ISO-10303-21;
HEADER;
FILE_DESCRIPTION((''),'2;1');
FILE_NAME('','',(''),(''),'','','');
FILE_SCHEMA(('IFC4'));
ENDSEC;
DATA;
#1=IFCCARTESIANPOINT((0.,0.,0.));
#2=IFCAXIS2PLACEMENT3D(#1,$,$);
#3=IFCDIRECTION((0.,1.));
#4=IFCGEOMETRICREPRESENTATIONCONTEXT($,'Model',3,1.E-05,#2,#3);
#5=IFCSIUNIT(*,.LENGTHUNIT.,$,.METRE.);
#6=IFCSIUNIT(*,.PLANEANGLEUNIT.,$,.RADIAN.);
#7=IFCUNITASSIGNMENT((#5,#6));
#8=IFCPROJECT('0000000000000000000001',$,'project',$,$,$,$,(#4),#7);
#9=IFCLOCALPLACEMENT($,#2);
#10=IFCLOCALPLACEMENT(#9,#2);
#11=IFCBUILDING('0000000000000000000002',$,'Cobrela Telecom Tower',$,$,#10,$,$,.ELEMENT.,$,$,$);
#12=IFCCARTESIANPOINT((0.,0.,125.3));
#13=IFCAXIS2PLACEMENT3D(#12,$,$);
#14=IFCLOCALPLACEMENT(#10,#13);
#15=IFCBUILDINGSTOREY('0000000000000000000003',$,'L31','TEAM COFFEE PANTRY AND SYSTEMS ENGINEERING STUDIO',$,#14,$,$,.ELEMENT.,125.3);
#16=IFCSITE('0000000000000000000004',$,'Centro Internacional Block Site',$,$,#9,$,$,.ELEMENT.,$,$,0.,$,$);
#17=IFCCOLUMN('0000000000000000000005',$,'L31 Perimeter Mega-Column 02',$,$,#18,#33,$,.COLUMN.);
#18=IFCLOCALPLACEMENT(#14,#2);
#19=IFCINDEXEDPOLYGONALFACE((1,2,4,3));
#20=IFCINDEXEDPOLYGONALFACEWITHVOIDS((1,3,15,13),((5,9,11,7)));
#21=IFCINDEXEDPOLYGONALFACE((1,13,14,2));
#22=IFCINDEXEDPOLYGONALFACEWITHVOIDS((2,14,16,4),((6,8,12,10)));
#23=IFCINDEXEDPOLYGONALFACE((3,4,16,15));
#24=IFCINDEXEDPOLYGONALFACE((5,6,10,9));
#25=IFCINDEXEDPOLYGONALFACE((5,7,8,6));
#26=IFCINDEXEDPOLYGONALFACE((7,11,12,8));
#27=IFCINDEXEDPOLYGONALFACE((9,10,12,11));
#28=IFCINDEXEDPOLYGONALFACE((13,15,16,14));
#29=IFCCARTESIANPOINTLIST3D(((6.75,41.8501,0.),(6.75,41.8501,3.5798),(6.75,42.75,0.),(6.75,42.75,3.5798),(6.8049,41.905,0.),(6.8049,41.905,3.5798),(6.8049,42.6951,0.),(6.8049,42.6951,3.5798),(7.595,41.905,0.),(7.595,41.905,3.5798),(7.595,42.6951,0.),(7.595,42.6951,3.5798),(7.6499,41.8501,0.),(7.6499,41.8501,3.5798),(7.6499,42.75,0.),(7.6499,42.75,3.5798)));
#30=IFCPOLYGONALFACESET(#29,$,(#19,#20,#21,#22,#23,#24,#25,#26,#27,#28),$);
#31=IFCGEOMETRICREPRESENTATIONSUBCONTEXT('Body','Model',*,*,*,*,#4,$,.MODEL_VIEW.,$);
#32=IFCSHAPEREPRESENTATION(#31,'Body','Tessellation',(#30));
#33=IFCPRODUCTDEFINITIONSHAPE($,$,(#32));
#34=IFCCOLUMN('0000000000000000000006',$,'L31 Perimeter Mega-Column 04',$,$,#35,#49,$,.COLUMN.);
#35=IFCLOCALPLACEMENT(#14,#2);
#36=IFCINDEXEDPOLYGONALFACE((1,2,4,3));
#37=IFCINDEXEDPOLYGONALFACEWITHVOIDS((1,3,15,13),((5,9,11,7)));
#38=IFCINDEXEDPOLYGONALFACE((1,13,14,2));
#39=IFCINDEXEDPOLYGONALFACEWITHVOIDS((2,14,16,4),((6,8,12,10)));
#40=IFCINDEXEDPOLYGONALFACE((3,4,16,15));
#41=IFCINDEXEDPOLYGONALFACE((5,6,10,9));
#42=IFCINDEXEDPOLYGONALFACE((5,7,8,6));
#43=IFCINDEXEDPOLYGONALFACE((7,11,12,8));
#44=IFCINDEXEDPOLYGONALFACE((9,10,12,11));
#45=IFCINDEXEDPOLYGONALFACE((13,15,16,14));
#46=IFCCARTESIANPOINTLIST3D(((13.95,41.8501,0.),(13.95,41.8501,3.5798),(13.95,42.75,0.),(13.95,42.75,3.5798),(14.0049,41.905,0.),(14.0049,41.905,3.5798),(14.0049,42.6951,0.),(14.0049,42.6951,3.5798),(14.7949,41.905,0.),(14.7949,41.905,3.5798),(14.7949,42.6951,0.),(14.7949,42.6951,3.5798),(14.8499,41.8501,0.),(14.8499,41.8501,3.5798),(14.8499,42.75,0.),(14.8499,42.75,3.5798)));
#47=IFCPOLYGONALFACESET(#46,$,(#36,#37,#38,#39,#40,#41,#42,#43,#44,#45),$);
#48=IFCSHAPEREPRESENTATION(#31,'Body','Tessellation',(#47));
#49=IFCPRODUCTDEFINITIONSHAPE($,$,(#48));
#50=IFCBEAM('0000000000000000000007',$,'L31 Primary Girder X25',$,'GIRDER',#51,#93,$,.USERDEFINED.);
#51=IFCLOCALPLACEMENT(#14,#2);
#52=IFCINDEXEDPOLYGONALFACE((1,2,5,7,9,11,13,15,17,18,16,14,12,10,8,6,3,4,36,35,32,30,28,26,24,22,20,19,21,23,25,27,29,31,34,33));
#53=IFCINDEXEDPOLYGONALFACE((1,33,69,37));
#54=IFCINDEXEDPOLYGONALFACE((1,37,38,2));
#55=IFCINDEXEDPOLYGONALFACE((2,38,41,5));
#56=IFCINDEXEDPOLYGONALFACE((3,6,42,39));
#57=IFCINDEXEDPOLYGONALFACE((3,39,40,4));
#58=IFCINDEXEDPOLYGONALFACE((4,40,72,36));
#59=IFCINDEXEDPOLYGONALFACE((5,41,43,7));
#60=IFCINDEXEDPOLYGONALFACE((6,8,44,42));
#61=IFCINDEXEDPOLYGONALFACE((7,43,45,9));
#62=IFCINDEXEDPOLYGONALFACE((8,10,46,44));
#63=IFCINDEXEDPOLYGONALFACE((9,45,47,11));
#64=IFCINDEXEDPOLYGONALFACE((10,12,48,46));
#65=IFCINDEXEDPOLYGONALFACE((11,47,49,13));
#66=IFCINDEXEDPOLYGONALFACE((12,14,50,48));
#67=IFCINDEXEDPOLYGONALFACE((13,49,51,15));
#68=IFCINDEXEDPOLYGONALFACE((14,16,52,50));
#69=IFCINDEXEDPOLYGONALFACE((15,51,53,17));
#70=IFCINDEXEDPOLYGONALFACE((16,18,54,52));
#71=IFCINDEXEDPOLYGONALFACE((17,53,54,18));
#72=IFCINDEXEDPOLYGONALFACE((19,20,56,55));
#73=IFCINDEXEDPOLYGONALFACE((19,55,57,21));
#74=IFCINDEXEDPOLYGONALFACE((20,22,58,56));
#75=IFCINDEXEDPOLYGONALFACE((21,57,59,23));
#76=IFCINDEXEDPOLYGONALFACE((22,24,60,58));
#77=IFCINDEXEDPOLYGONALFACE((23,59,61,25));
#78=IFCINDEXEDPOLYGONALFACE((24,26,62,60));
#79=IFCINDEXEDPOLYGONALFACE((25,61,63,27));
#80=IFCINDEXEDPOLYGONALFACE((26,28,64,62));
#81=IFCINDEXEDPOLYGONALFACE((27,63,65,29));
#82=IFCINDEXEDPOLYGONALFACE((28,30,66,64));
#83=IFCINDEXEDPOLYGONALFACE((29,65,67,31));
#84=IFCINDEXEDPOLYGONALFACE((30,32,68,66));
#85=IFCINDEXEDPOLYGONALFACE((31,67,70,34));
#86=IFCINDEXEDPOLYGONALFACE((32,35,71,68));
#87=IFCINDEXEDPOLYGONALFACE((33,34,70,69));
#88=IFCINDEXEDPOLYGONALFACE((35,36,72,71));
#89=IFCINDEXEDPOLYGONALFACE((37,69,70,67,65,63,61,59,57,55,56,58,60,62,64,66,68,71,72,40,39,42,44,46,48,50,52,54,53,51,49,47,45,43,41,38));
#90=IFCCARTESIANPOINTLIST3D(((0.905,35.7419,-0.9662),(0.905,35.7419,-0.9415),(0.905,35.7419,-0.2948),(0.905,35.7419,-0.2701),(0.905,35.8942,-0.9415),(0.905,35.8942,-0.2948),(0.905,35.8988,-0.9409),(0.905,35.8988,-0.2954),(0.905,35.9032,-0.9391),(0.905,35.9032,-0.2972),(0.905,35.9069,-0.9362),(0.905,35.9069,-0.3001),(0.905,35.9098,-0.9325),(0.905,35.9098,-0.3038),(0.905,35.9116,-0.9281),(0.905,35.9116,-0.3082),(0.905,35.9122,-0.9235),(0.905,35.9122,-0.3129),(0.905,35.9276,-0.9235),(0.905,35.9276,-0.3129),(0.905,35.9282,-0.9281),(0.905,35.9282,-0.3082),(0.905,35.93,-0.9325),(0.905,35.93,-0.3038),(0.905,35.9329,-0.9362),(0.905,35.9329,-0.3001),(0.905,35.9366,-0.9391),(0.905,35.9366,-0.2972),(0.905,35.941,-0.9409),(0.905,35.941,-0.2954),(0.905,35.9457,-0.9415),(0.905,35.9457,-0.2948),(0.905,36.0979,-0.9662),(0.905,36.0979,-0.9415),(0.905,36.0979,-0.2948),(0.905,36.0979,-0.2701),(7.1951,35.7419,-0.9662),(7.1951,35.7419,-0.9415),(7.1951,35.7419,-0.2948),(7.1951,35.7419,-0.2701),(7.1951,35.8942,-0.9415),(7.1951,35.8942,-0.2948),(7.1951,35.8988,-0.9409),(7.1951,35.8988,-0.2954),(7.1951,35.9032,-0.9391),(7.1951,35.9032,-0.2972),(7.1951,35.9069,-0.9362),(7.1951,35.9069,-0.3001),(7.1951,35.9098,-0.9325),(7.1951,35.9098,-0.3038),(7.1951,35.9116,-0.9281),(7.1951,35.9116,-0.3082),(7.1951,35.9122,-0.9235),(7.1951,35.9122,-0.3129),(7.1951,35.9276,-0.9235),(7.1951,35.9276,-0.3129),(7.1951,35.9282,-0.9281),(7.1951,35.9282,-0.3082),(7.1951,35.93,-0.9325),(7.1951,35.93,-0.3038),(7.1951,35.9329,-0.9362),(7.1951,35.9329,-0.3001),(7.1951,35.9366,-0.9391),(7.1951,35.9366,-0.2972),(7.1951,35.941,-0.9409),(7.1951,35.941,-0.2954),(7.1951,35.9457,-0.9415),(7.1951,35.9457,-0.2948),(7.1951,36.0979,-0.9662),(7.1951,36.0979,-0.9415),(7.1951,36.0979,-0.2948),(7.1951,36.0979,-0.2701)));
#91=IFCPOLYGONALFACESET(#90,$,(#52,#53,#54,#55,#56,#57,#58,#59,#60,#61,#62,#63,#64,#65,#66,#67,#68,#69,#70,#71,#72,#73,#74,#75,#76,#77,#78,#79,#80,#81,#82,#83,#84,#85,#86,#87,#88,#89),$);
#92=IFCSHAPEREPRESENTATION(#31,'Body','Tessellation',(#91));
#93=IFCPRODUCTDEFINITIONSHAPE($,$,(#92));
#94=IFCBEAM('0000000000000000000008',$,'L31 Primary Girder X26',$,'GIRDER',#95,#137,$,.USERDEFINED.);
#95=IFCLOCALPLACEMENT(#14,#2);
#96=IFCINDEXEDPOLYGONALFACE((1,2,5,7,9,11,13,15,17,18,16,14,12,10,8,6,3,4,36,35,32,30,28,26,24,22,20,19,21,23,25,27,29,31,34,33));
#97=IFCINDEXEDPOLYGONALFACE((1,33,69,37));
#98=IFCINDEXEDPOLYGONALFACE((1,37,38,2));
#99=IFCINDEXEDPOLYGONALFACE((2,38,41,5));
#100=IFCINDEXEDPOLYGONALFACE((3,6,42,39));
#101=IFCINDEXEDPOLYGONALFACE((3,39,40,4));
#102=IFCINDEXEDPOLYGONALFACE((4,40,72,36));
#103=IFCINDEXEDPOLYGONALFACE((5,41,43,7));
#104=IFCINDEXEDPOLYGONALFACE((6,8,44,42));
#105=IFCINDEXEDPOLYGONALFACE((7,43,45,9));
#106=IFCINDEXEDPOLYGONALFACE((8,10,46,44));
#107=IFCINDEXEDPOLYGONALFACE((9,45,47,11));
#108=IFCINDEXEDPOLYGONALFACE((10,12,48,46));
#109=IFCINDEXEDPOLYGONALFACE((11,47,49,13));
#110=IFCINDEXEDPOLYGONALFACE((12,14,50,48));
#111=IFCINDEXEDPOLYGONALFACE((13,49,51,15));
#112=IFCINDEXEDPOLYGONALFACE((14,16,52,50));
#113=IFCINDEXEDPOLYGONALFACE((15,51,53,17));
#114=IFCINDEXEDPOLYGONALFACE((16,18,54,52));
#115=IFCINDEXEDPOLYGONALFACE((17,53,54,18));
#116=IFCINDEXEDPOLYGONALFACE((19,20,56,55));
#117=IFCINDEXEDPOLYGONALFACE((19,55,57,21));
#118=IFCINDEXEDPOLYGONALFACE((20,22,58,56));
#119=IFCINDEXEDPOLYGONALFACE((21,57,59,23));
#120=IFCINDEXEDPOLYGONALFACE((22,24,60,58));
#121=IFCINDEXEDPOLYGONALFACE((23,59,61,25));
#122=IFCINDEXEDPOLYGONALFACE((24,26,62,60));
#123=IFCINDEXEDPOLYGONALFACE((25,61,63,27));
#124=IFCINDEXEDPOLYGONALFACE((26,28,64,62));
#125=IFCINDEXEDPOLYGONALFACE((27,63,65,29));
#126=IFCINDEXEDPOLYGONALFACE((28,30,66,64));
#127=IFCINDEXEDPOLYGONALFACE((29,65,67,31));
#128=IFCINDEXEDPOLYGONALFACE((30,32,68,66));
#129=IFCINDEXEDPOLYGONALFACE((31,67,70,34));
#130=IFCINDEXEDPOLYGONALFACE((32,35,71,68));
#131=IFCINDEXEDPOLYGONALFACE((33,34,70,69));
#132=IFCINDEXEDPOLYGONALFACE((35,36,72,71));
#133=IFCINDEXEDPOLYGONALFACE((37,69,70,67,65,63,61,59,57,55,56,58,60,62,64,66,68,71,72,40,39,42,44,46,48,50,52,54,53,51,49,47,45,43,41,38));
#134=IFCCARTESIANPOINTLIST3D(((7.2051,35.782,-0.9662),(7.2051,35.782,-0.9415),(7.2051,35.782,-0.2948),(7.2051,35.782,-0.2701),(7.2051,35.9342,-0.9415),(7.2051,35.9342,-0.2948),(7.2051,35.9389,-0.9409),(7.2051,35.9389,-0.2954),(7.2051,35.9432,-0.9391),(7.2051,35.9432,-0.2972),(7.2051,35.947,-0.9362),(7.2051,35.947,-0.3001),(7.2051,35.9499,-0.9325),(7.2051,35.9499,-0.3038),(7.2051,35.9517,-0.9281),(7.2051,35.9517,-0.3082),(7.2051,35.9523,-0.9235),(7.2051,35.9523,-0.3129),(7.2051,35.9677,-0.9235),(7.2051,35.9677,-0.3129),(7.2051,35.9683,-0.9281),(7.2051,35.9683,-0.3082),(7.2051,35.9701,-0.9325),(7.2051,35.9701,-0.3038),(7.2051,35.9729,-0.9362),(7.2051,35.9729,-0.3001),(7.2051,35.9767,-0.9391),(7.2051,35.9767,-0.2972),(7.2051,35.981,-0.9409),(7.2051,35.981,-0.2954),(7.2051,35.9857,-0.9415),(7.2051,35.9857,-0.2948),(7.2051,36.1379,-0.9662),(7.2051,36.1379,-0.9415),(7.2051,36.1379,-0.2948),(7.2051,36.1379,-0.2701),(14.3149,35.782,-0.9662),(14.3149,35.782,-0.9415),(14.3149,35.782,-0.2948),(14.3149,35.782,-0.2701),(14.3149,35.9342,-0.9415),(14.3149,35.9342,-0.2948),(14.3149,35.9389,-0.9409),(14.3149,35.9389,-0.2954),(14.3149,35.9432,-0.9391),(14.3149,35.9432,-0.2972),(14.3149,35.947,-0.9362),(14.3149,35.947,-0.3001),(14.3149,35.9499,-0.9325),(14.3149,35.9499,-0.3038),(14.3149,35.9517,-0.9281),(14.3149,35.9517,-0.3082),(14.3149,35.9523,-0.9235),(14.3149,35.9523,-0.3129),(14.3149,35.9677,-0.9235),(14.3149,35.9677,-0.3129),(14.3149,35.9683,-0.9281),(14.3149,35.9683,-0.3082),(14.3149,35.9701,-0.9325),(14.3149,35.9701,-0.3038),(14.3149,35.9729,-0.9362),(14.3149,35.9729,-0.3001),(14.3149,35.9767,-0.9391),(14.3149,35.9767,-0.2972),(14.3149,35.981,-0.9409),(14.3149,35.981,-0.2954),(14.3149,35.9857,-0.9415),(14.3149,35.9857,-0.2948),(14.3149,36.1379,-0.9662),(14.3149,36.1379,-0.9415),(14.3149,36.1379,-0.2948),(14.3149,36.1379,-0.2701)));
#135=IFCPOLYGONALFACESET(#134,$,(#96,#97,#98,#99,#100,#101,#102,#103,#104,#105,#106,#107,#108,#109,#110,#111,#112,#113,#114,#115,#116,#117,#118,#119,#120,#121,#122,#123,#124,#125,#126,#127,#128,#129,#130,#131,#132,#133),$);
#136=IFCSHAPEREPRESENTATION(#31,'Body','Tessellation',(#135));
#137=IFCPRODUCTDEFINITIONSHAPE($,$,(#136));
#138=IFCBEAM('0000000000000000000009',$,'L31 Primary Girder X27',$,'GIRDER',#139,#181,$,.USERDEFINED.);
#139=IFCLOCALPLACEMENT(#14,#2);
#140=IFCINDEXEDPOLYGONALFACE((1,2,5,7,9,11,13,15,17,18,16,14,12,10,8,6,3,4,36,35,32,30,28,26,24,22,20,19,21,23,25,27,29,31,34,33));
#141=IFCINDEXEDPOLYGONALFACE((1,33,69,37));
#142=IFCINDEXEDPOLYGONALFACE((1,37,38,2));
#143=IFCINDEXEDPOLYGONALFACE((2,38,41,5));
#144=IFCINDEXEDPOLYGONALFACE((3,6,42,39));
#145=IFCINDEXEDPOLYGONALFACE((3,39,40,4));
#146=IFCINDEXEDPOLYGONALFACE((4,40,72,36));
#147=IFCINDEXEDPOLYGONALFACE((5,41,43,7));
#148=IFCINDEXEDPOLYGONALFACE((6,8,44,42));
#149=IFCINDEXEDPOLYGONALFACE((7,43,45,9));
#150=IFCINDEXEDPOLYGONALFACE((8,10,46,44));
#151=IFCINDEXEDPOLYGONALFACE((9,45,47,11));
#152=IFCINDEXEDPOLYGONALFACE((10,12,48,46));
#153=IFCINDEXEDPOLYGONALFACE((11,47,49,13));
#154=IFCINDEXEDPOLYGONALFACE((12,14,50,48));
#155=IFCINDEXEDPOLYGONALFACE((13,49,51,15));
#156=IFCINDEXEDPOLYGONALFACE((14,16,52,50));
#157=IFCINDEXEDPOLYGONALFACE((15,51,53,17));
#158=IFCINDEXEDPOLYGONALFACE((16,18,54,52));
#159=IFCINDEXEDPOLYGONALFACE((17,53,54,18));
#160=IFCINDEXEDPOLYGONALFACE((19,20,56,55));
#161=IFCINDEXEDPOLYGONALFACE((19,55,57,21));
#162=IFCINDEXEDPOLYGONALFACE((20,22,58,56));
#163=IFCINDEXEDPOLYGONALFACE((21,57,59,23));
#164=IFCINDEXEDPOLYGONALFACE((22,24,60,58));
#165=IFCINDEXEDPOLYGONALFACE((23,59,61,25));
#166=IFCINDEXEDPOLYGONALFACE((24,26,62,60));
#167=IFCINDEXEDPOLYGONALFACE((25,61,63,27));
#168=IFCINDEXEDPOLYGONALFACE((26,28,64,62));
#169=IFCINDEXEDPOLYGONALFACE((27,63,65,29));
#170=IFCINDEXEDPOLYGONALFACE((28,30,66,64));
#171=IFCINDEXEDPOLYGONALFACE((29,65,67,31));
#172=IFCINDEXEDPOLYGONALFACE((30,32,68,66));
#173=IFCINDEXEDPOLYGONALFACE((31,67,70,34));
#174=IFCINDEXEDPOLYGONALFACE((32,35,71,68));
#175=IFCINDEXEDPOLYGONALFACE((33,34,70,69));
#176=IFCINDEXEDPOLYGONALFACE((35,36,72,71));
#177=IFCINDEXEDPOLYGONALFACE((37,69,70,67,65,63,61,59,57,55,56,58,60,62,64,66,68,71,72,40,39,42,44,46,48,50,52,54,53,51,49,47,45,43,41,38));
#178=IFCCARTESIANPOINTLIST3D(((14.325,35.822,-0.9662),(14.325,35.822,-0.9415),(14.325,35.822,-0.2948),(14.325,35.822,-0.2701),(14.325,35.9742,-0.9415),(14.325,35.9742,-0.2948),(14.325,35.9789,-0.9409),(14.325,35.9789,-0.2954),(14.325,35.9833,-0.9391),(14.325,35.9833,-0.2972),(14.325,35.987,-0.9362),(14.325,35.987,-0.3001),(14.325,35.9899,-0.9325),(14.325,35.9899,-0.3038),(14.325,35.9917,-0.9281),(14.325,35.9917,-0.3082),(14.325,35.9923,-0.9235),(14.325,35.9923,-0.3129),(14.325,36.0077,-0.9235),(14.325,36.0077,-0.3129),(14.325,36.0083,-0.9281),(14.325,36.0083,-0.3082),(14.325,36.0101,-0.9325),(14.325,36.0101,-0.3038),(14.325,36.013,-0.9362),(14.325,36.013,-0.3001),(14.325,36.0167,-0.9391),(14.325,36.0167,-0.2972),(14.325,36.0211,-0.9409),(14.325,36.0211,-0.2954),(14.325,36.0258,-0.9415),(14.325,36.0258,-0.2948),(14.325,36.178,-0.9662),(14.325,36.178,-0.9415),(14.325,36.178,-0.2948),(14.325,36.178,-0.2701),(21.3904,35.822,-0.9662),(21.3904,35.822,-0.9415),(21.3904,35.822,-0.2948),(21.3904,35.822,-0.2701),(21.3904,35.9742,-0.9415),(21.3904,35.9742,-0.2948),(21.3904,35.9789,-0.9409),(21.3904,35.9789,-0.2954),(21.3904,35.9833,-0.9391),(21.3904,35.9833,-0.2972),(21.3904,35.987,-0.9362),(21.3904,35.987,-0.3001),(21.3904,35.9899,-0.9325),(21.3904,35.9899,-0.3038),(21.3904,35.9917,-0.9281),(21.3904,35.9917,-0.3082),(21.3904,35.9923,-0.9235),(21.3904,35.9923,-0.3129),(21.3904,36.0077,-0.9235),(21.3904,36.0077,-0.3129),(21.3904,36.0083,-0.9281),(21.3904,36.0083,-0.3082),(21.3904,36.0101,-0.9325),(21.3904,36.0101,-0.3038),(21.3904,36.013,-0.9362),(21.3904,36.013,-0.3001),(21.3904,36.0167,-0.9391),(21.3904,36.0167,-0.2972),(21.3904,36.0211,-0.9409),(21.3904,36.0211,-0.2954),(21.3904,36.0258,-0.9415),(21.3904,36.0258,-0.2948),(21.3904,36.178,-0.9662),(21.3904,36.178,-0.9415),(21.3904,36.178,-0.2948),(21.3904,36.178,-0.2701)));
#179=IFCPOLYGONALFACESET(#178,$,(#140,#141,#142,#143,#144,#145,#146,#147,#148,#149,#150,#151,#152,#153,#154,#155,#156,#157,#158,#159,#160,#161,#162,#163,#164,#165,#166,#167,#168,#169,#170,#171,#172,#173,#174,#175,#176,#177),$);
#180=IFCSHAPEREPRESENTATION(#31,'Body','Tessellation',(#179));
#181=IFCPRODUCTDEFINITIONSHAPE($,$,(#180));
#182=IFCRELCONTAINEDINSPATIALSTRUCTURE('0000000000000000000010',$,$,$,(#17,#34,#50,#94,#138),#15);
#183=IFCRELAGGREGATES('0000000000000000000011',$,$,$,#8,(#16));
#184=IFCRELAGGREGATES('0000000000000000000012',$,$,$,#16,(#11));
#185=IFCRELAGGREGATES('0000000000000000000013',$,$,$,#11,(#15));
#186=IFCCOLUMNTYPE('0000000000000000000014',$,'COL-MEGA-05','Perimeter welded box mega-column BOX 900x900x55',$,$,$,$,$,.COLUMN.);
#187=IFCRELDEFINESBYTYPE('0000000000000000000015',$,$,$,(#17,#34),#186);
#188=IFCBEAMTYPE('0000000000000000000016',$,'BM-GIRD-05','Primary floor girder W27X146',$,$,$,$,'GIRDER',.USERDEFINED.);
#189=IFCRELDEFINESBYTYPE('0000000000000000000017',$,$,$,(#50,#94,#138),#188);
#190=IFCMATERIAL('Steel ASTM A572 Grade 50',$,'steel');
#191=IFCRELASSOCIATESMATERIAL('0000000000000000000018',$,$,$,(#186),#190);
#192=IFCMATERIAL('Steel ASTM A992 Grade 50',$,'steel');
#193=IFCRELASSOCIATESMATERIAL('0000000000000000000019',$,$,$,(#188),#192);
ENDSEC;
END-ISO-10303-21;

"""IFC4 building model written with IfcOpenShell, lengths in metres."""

from ifc_helpers import new_model, si_unit, direction, frame, origin, origin_2d, place, context, subcontext, project, spatial, hollow_rectangle, i_section, extrude, material, material_profile, profile_set, type_object, element, save


model = new_model("IFC4")

# Units and contexts
model_context = context("Model", 3, precision=1e-05, world=origin(), true_north=direction((0.0, 1.0)))
body_context = subcontext(model_context, "Body", "Model", "MODEL_VIEW")
ifc_project = project(units=[si_unit("LENGTHUNIT", "METRE"), si_unit("PLANEANGLEUNIT", "RADIAN")], contexts=[model_context])

# Site, building, storey
site_placement = place(None, origin())
site = spatial("IfcSite", under=ifc_project, at=site_placement, Name="Centro Internacional Block Site", CompositionType="ELEMENT", RefElevation=0.0)
building_placement = place(site_placement, origin())
building = spatial("IfcBuilding", under=site, at=building_placement, Name="Cobrela Telecom Tower", CompositionType="ELEMENT")
storey_placement = place(building_placement, frame((0.0, 0.0, 125.3)))
storey = spatial("IfcBuildingStorey", under=building, at=storey_placement, Name="L31", Description="TEAM COFFEE PANTRY AND SYSTEMS ENGINEERING STUDIO", CompositionType="ELEMENT", Elevation=125.3)

# Columns
ifc_material_1 = material(Name="Steel ASTM A572 Grade 50", Category="steel")
ifc_material_profile_1 = material_profile(ifc_material_1, hollow_rectangle(XDim=0.8999, YDim=0.8999, WallThickness=0.0549, at=origin_2d()), Name="BOX 900x900x55")
ifc_profile_set_1 = profile_set([ifc_material_profile_1], Name="Steel ASTM A572 Grade 50")
column_type = type_object("IfcColumnType", Name="COL-MEGA-05", Description="Perimeter welded box mega-column BOX 900x900x55", PredefinedType="COLUMN", material=ifc_profile_set_1)
for number, where, z_axis, x_axis, name in (
    (1, (7.2, 42.3, 0.0), (0.0, 0.0, 1.0), (1.0, 0.0, 0.0), "L31 Perimeter Mega-Column 02"),
    (2, (14.3999, 42.3, 0.0), (0.0, 0.0, 1.0), (1.0, 0.0, 0.0), "L31 Perimeter Mega-Column 04"),
):
    element("IfcColumn", number, at=place(storey_placement, frame(where, z_axis=z_axis, x_axis=x_axis)), inside=storey, type_object=column_type, Name=name, PredefinedType="COLUMN", context=body_context, shape_type="SweptSolid", body=[
        extrude(hollow_rectangle(XDim=0.8999, YDim=0.8999, WallThickness=0.0549, at=origin_2d()), origin(), (0.0, 0.0, 1.0), 3.5798),
    ])

# Beams
ifc_material_2 = material(Name="Steel ASTM A992 Grade 50", Category="steel")
ifc_material_profile_2 = material_profile(ifc_material_2, i_section(OverallWidth=0.356, OverallDepth=0.696, WebThickness=0.0154, FlangeThickness=0.0247, FilletRadius=0.0181, at=origin_2d()), Name="W27X146")
ifc_profile_set_2 = profile_set([ifc_material_profile_2], Name="Steel ASTM A992 Grade 50")
beam_type_1 = type_object("IfcBeamType", Name="BM-GIRD-05", Description="Primary floor girder W27X146", ElementType="GIRDER", PredefinedType="USERDEFINED", material=ifc_profile_set_2)
beam_1_placement = place(storey_placement, frame((0.905, 35.9199, -0.6182), z_axis=(1.0, 0.0, 0.0), x_axis=(0.0, 1.0, 0.0)))
element("IfcBeam", 3, at=beam_1_placement, inside=storey, type_object=beam_type_1, Name="L31 Primary Girder X25", ObjectType="GIRDER", PredefinedType="USERDEFINED", context=body_context, shape_type="SweptSolid", body=[
    extrude(i_section(OverallWidth=0.356, OverallDepth=0.696, WebThickness=0.0154, FlangeThickness=0.0247, FilletRadius=0.0181, at=origin_2d()), origin(), (0.0, 0.0, 1.0), 6.29),
])
beam_2_placement = place(storey_placement, frame((7.2051, 35.96, -0.6182), z_axis=(1.0, 0.0, 0.0), x_axis=(0.0, 1.0, 0.0)))
element("IfcBeam", 4, at=beam_2_placement, inside=storey, type_object=beam_type_1, Name="L31 Primary Girder X26", ObjectType="GIRDER", PredefinedType="USERDEFINED", context=body_context, shape_type="SweptSolid", body=[
    extrude(i_section(OverallWidth=0.356, OverallDepth=0.696, WebThickness=0.0154, FlangeThickness=0.0247, FilletRadius=0.0181, at=origin_2d()), origin(), (0.0, 0.0, 1.0), 7.1099),
])
beam_3_placement = place(storey_placement, frame((14.325, 36.0, -0.6182), z_axis=(1.0, 0.0, 0.0), x_axis=(0.0, 1.0, 0.0)))
element("IfcBeam", 5, at=beam_3_placement, inside=storey, type_object=beam_type_1, Name="L31 Primary Girder X27", ObjectType="GIRDER", PredefinedType="USERDEFINED", context=body_context, shape_type="SweptSolid", body=[
    extrude(i_section(OverallWidth=0.356, OverallDepth=0.696, WebThickness=0.0154, FlangeThickness=0.0247, FilletRadius=0.0181, at=origin_2d()), origin(), (0.0, 0.0, 1.0), 7.0654),
])

save(model, "model.ifc")
